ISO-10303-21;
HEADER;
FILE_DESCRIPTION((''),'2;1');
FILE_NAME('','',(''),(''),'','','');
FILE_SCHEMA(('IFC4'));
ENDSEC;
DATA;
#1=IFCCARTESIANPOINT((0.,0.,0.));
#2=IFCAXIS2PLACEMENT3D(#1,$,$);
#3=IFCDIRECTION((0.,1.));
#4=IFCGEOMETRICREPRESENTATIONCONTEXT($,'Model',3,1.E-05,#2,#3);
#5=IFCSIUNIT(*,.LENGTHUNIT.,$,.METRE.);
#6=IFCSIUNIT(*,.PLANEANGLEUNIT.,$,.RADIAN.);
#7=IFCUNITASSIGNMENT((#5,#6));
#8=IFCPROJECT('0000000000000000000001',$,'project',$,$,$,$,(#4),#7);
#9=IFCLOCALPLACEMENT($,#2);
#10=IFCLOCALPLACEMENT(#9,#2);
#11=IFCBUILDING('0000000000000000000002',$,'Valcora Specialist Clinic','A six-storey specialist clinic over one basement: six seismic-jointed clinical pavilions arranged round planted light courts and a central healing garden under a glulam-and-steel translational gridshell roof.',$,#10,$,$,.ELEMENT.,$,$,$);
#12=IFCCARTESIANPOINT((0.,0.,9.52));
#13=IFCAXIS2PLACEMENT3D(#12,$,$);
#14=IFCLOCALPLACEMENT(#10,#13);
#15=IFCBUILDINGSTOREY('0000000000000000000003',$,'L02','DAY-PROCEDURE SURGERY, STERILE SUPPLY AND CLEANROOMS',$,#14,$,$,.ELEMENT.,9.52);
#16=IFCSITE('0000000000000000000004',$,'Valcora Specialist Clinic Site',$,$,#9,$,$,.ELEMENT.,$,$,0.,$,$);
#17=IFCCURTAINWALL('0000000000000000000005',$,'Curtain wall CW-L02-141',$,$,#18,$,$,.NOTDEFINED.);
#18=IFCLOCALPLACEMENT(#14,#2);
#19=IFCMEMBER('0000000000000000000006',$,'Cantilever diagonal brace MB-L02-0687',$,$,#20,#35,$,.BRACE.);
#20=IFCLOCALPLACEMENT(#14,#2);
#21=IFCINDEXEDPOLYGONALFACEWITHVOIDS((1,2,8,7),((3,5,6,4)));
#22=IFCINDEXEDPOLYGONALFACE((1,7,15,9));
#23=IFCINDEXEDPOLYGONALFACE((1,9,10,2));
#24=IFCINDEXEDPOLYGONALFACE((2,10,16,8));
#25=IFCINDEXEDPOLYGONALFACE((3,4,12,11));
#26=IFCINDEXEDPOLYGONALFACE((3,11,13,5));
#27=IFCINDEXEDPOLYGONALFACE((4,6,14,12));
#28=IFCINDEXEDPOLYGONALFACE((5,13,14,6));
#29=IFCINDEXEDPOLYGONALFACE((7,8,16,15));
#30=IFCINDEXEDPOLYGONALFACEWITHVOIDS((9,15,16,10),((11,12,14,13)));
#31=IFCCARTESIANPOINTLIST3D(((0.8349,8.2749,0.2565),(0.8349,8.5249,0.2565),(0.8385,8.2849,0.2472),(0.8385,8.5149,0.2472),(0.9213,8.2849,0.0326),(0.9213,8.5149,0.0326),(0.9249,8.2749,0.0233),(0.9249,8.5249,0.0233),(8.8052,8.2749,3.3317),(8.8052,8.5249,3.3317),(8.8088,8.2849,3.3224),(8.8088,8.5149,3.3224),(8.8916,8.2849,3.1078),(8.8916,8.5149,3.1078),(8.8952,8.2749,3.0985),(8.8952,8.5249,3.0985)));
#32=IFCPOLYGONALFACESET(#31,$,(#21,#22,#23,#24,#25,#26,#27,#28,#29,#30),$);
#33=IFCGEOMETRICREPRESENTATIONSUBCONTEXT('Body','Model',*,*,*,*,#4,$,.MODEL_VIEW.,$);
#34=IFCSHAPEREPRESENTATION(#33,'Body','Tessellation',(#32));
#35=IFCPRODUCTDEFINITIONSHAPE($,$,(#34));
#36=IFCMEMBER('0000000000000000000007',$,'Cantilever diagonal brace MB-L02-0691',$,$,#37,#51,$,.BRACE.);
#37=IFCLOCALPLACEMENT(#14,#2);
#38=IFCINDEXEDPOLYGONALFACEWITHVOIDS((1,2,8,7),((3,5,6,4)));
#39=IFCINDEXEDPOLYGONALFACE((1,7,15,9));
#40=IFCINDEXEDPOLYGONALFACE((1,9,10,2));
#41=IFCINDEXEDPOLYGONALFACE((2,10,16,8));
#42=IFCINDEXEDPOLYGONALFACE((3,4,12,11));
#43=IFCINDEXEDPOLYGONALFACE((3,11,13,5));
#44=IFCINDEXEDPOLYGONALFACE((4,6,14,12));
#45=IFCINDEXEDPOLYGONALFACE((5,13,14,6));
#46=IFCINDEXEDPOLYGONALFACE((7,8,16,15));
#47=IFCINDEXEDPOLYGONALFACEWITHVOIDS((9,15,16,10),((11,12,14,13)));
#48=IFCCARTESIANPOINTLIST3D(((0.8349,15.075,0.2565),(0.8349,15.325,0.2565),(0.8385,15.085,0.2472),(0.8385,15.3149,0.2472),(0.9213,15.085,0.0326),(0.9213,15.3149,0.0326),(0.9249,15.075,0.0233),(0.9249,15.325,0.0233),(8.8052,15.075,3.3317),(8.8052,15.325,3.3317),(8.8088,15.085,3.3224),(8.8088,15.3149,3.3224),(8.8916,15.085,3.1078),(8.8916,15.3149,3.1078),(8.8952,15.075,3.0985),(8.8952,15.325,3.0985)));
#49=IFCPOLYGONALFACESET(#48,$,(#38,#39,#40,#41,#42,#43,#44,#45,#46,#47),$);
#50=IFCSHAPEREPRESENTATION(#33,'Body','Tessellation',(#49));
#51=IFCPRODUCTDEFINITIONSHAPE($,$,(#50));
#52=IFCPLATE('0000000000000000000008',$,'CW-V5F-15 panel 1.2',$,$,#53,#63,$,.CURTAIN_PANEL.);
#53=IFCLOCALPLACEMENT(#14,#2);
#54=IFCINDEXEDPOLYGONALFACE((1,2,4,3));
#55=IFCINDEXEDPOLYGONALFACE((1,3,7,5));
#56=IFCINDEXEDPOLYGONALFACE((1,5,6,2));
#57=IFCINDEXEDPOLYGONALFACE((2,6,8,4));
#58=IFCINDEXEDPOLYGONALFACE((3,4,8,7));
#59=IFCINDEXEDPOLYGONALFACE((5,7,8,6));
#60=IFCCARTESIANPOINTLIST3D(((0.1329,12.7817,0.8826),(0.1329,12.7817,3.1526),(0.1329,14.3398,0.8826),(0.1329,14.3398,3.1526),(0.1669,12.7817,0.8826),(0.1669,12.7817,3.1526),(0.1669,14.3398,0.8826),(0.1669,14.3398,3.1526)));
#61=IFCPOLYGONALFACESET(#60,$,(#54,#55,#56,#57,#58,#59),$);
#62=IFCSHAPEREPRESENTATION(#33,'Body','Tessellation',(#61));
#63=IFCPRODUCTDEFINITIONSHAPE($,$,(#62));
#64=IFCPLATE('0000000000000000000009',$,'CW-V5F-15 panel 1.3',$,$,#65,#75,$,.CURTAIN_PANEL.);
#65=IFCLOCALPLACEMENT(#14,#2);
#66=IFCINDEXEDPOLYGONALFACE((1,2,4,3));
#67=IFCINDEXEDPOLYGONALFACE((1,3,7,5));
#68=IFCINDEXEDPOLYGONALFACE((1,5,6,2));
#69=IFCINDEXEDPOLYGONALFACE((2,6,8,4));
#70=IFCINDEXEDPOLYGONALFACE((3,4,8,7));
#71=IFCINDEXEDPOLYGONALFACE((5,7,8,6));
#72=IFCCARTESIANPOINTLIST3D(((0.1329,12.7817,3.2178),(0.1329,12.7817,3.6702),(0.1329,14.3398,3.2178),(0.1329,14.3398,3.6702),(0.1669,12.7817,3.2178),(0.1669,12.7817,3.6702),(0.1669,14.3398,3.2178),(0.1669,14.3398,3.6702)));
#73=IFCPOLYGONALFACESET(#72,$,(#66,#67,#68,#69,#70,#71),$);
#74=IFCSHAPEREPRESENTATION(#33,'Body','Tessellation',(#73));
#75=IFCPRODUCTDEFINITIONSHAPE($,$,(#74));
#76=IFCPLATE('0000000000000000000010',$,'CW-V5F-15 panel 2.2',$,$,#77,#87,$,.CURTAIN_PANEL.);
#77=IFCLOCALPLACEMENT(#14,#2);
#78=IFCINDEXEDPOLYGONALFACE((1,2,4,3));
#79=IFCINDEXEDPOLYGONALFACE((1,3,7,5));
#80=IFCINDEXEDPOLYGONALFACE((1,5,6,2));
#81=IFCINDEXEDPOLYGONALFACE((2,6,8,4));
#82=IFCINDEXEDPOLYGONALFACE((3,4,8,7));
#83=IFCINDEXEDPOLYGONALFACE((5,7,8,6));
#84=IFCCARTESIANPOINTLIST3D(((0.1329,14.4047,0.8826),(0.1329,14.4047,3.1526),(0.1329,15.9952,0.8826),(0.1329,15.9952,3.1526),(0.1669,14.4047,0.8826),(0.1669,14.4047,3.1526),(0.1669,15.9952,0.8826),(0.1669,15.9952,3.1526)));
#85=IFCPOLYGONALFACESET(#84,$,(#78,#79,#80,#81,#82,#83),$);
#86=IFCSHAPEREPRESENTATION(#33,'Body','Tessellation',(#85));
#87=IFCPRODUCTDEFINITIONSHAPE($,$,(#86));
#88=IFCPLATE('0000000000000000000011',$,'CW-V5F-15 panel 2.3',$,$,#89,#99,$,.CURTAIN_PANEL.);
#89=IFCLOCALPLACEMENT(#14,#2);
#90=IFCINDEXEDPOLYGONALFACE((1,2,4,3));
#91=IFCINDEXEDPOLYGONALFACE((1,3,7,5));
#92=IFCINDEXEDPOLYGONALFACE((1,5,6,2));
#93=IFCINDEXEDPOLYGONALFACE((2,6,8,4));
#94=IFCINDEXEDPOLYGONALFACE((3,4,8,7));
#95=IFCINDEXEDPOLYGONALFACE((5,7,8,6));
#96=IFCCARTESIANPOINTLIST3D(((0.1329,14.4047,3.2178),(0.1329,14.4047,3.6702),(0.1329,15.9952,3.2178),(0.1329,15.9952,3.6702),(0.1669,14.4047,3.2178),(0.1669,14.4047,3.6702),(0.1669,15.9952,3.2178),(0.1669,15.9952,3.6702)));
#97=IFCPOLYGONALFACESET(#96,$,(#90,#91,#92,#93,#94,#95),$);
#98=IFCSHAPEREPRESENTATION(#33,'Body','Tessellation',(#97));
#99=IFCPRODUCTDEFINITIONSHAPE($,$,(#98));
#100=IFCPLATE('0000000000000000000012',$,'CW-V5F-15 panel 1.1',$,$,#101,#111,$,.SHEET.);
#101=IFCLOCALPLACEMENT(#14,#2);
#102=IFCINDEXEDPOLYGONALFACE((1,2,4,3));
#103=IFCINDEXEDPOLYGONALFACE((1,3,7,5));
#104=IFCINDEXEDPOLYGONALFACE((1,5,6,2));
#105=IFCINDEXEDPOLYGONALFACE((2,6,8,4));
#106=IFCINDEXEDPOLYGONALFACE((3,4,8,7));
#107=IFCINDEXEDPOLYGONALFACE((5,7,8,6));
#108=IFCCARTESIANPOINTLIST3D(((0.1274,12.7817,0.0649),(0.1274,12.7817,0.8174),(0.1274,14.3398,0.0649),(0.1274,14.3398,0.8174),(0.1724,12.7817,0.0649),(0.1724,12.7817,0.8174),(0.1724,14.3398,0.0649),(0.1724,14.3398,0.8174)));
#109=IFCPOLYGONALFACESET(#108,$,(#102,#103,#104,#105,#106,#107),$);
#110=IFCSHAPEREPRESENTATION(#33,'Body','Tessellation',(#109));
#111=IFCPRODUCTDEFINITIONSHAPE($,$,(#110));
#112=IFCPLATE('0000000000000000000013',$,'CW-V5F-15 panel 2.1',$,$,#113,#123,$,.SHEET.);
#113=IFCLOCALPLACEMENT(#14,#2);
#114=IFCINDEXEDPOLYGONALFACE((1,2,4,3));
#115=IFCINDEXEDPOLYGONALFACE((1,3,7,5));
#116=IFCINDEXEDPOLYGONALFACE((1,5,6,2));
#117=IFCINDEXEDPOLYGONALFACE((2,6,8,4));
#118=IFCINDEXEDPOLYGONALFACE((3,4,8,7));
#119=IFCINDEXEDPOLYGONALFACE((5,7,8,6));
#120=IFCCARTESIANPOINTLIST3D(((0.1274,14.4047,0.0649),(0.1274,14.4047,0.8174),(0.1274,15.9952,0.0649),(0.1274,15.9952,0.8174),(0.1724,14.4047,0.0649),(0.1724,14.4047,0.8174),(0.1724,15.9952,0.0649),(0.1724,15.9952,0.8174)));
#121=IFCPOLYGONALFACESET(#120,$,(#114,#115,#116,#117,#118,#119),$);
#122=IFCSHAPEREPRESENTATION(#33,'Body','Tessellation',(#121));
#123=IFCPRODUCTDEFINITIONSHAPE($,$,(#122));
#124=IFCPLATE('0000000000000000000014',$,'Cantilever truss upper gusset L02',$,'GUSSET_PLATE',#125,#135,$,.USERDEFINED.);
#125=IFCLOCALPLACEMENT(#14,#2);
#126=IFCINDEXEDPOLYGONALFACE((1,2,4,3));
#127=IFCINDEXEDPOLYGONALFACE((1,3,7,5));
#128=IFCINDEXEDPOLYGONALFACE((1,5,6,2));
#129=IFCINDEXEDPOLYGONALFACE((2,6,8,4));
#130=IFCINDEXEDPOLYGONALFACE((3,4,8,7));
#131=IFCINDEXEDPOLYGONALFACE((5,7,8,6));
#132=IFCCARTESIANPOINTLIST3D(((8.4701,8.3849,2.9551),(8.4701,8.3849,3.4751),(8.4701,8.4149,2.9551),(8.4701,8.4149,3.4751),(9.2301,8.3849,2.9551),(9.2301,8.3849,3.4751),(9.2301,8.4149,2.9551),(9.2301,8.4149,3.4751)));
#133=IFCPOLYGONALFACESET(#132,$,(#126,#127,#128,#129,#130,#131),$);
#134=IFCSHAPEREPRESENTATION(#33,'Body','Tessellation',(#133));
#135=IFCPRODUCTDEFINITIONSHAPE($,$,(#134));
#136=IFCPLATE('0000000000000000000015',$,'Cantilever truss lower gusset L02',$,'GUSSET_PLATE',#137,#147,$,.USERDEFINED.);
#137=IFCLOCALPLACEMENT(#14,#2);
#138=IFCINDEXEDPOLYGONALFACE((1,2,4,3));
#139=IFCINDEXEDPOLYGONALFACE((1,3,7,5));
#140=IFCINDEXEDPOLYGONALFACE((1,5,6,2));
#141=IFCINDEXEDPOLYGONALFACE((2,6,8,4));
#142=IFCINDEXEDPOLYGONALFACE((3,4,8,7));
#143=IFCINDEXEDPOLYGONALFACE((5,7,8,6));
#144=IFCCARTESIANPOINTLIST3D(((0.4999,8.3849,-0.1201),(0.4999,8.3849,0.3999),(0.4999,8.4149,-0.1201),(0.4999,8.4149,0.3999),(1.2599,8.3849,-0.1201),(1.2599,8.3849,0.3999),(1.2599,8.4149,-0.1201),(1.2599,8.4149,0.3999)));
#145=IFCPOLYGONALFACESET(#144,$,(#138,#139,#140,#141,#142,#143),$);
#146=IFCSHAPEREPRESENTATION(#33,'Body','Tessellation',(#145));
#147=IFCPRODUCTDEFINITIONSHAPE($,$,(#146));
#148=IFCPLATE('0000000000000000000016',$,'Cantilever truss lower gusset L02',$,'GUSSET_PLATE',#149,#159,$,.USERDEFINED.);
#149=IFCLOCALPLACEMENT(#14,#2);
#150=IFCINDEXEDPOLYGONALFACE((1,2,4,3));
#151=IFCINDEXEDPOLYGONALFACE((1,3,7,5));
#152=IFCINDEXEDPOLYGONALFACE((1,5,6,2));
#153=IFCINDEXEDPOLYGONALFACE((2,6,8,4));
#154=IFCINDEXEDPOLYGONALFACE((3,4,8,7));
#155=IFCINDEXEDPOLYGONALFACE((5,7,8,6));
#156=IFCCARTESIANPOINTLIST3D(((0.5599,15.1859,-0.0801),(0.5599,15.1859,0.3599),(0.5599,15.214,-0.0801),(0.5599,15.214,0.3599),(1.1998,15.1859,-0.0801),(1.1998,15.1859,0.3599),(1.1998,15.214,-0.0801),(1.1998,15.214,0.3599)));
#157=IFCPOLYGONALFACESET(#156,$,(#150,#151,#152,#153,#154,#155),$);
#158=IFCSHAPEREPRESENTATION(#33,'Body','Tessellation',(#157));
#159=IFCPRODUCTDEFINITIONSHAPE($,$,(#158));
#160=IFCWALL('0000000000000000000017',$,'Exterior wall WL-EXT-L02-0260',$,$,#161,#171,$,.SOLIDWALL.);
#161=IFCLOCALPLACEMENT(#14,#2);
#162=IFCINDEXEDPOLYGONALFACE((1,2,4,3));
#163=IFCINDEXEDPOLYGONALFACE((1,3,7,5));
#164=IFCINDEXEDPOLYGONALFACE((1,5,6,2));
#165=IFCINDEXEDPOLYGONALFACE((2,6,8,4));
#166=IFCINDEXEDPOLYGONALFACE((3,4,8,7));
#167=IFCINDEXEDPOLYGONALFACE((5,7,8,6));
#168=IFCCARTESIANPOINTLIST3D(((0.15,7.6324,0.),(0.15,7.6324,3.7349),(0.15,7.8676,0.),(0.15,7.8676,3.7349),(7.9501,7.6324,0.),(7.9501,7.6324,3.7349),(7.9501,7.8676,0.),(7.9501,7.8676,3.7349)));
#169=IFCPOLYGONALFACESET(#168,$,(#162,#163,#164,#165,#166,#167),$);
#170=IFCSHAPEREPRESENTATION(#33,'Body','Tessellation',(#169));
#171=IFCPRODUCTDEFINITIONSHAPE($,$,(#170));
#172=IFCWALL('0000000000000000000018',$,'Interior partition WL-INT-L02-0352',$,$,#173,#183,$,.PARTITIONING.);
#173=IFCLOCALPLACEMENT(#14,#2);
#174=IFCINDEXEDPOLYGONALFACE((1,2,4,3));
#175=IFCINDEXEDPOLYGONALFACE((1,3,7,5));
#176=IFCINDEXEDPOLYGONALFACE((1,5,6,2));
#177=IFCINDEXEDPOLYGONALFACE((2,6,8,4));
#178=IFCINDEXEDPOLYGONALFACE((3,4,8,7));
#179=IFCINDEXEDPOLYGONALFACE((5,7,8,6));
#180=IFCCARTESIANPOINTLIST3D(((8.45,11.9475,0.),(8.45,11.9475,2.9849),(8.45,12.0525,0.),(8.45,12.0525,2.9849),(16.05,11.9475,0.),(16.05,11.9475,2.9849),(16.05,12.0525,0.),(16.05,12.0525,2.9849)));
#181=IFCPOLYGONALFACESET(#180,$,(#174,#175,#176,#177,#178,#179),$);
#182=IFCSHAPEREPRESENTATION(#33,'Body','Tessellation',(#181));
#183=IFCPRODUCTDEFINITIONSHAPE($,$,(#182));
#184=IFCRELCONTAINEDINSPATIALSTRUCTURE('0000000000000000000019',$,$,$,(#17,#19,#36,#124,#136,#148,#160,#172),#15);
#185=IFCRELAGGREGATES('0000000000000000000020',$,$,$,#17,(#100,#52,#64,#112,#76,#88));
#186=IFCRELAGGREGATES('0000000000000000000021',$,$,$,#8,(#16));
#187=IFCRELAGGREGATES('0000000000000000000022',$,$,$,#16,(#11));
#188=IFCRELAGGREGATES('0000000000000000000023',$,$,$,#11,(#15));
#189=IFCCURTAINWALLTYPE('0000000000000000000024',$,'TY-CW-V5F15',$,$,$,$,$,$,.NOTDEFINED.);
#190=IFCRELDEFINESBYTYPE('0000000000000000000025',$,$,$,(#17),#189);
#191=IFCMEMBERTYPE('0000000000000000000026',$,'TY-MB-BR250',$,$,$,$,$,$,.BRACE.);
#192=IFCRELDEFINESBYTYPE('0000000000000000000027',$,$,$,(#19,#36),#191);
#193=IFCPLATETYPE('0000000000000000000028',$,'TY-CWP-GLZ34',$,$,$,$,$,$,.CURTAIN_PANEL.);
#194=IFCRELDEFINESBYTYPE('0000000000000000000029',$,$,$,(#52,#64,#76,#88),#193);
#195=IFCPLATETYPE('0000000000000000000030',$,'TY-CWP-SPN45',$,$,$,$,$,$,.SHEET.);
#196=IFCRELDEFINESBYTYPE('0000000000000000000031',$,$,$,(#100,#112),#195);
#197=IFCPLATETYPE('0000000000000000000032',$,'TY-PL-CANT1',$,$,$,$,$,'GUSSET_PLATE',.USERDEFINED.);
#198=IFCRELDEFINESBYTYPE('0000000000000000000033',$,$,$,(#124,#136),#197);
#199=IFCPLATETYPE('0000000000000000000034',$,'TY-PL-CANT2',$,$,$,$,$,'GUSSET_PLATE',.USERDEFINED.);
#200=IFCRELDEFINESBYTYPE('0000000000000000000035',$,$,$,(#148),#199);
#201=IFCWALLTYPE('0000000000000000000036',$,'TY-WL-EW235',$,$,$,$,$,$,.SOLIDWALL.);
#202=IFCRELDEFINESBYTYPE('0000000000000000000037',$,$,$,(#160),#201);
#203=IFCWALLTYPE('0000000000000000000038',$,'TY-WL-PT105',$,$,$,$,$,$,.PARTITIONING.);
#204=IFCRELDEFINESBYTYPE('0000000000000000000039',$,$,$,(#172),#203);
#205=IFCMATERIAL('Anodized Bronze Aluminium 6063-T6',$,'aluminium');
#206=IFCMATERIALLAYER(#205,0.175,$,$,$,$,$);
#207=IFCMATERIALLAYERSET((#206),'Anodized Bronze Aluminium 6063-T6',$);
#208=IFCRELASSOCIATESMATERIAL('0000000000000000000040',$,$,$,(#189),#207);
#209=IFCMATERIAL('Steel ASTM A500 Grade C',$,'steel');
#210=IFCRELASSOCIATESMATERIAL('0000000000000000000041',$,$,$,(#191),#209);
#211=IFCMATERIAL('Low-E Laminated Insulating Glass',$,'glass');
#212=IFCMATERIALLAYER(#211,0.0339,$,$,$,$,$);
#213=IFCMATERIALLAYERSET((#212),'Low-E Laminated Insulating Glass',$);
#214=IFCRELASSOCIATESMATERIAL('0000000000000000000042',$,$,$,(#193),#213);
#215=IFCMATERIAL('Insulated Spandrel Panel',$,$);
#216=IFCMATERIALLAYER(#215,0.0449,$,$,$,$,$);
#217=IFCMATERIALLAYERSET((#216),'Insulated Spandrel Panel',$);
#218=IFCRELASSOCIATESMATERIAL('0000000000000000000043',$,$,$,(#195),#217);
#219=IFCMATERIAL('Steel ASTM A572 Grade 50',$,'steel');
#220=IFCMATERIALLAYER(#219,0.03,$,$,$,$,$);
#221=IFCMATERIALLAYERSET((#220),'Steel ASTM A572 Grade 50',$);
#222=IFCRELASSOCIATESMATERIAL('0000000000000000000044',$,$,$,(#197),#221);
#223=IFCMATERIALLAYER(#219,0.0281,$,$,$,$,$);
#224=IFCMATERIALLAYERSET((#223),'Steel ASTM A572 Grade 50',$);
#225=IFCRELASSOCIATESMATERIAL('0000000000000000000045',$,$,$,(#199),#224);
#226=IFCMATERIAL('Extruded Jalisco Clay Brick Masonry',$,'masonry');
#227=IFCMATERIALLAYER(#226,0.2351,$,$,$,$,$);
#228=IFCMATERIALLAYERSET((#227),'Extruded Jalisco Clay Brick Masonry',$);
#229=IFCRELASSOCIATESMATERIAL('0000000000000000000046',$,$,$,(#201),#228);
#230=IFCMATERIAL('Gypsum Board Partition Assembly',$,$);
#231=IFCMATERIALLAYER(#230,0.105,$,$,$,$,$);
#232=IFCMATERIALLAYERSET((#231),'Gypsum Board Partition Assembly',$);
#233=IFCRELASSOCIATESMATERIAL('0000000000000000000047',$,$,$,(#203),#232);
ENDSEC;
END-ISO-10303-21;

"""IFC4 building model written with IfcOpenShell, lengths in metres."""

from ifc_helpers import new_model, si_unit, direction, frame, frame_2d, origin, origin_2d, place, context, subcontext, project, spatial, rectangle, hollow_rectangle, extrude, material, layer, layer_set, material_profile, profile_set, type_object, element, aggregate, save


model = new_model("IFC4")

# Units and contexts
model_context = context("Model", 3, precision=1e-05, world=origin(), true_north=direction((0.0, 1.0)))
body_context = subcontext(model_context, "Body", "Model", "MODEL_VIEW")
ifc_project = project(units=[si_unit("LENGTHUNIT", "METRE"), si_unit("PLANEANGLEUNIT", "RADIAN")], contexts=[model_context])

# Site, building, storey
site_placement = place(None, origin())
site = spatial("IfcSite", under=ifc_project, at=site_placement, Name="Valcora Specialist Clinic Site", CompositionType="ELEMENT", RefElevation=0.0)
building_placement = place(site_placement, origin())
building = spatial("IfcBuilding", under=site, at=building_placement, Name="Valcora Specialist Clinic", Description="A six-storey specialist clinic over one basement: six seismic-jointed clinical pavilions arranged round planted light courts and a central healing garden under a glulam-and-steel translational gridshell roof.", CompositionType="ELEMENT")
storey_placement = place(building_placement, frame((0.0, 0.0, 9.52)))
storey = spatial("IfcBuildingStorey", under=building, at=storey_placement, Name="L02", Description="DAY-PROCEDURE SURGERY, STERILE SUPPLY AND CLEANROOMS", CompositionType="ELEMENT", Elevation=9.52)

# Shared definitions
ifc_material_1 = material(Name="Steel ASTM A500 Grade C", Category="steel")

# Shared definitions
ifc_material_2 = material(Name="Anodized Bronze Aluminium 6063-T6", Category="aluminium")
ifc_layer_1 = layer(ifc_material_2, 0.175)
ifc_layer_set_1 = layer_set([ifc_layer_1], Name="Anodized Bronze Aluminium 6063-T6")
curtain_wall_type = type_object("IfcCurtainWallType", Name="TY-CW-V5F15", PredefinedType="NOTDEFINED", material=ifc_layer_set_1)

# Curtain wall
curtain_wall_1_placement = place(storey_placement, origin())
curtain_wall_1 = element("IfcCurtainWall", 1, at=curtain_wall_1_placement, inside=storey, type_object=curtain_wall_type, Name="Curtain wall CW-L02-141", PredefinedType="NOTDEFINED")

# Members
ifc_material_profile_1 = material_profile(ifc_material_1, hollow_rectangle(XDim=0.25, YDim=0.25, WallThickness=0.01, at=origin_2d()), Name="ST-RHS-250X250X10")
ifc_profile_set_1 = profile_set([ifc_material_profile_1], Name="Steel ASTM A500 Grade C")
member_type_1 = type_object("IfcMemberType", Name="TY-MB-BR250", PredefinedType="BRACE", material=ifc_profile_set_1)
for number, where, z_axis, x_axis, name in (
    (2, (0.8799, 8.3999, 0.1399), (0.932964, 0.0, 0.359971), (0.0, 1.0, 0.0), "Cantilever diagonal brace MB-L02-0687"),
    (3, (0.8799, 15.2, 0.1399), (0.932964, 0.0, 0.359971), (0.0, 1.0, 0.0), "Cantilever diagonal brace MB-L02-0691"),
):
    element("IfcMember", number, at=place(storey_placement, frame(where, z_axis=z_axis, x_axis=x_axis)), inside=storey, type_object=member_type_1, Name=name, PredefinedType="BRACE", context=body_context, shape_type="SweptSolid", body=[
        extrude(hollow_rectangle(XDim=0.25, YDim=0.25, WallThickness=0.01, at=origin_2d()), origin(), (0.0, 0.0, 1.0), 8.543),
    ])

# Plates
ifc_material_3 = material(Name="Low-E Laminated Insulating Glass", Category="glass")
ifc_layer_2 = layer(ifc_material_3, 0.0339)
ifc_layer_set_2 = layer_set([ifc_layer_2], Name="Low-E Laminated Insulating Glass")
plate_type_1 = type_object("IfcPlateType", Name="TY-CWP-GLZ34", PredefinedType="CURTAIN_PANEL", material=ifc_layer_set_2)
plate_1_placement = place(storey_placement, frame((0.1499, 13.5608, 0.8826), z_axis=(0.0, 0.0, 1.0), x_axis=(0.0, 1.0, 0.0)))
plate_1 = element("IfcPlate", 4, at=plate_1_placement, type_object=plate_type_1, Name="CW-V5F-15 panel 1.2", PredefinedType="CURTAIN_PANEL", context=body_context, shape_type="SweptSolid", body=[
    extrude(rectangle(XDim=1.5581, YDim=0.0339, at=origin_2d()), origin(), (0.0, 0.0, 1.0), 2.27),
])
plate_2_placement = place(storey_placement, frame((0.1499, 13.5608, 3.2178), z_axis=(0.0, 0.0, 1.0), x_axis=(0.0, 1.0, 0.0)))
plate_2 = element("IfcPlate", 5, at=plate_2_placement, type_object=plate_type_1, Name="CW-V5F-15 panel 1.3", PredefinedType="CURTAIN_PANEL", context=body_context, shape_type="SweptSolid", body=[
    extrude(rectangle(XDim=1.5581, YDim=0.0339, at=origin_2d()), origin(), (0.0, 0.0, 1.0), 0.4524),
])
plate_3_placement = place(storey_placement, frame((0.1499, 15.2, 0.8826), z_axis=(0.0, 0.0, 1.0), x_axis=(0.0, 1.0, 0.0)))
plate_3 = element("IfcPlate", 6, at=plate_3_placement, type_object=plate_type_1, Name="CW-V5F-15 panel 2.2", PredefinedType="CURTAIN_PANEL", context=body_context, shape_type="SweptSolid", body=[
    extrude(rectangle(XDim=1.5906, YDim=0.0339, at=origin_2d()), origin(), (0.0, 0.0, 1.0), 2.27),
])
plate_4_placement = place(storey_placement, frame((0.1499, 15.2, 3.2178), z_axis=(0.0, 0.0, 1.0), x_axis=(0.0, 1.0, 0.0)))
plate_4 = element("IfcPlate", 7, at=plate_4_placement, type_object=plate_type_1, Name="CW-V5F-15 panel 2.3", PredefinedType="CURTAIN_PANEL", context=body_context, shape_type="SweptSolid", body=[
    extrude(rectangle(XDim=1.5906, YDim=0.0339, at=origin_2d()), origin(), (0.0, 0.0, 1.0), 0.4524),
])
ifc_material_4 = material(Name="Insulated Spandrel Panel")
ifc_layer_3 = layer(ifc_material_4, 0.0449)
ifc_layer_set_3 = layer_set([ifc_layer_3], Name="Insulated Spandrel Panel")
plate_type_2 = type_object("IfcPlateType", Name="TY-CWP-SPN45", PredefinedType="SHEET", material=ifc_layer_set_3)
plate_5_placement = place(storey_placement, frame((0.1499, 13.5608, 0.0649), z_axis=(0.0, 0.0, 1.0), x_axis=(0.0, 1.0, 0.0)))
plate_5 = element("IfcPlate", 8, at=plate_5_placement, type_object=plate_type_2, Name="CW-V5F-15 panel 1.1", PredefinedType="SHEET", context=body_context, shape_type="SweptSolid", body=[
    extrude(rectangle(XDim=1.5581, YDim=0.0449, at=origin_2d()), origin(), (0.0, 0.0, 1.0), 0.7524),
])
plate_6_placement = place(storey_placement, frame((0.1499, 15.2, 0.0649), z_axis=(0.0, 0.0, 1.0), x_axis=(0.0, 1.0, 0.0)))
plate_6 = element("IfcPlate", 9, at=plate_6_placement, type_object=plate_type_2, Name="CW-V5F-15 panel 2.1", PredefinedType="SHEET", context=body_context, shape_type="SweptSolid", body=[
    extrude(rectangle(XDim=1.5906, YDim=0.0449, at=origin_2d()), origin(), (0.0, 0.0, 1.0), 0.7524),
])
aggregate(curtain_wall_1, [plate_5, plate_1, plate_2, plate_6, plate_3, plate_4])

# Plates
ifc_material_5 = material(Name="Steel ASTM A572 Grade 50", Category="steel")
ifc_layer_4 = layer(ifc_material_5, 0.03)
ifc_layer_set_4 = layer_set([ifc_layer_4], Name="Steel ASTM A572 Grade 50")
plate_type_3 = type_object("IfcPlateType", Name="TY-PL-CANT1", ElementType="GUSSET_PLATE", PredefinedType="USERDEFINED", material=ifc_layer_set_4)
for number, where, z_axis, x_axis, name in (
    (10, (8.8501, 8.3999, 2.9551), (0.0, 0.0, 1.0), (1.0, 0.0, 0.0), "Cantilever truss upper gusset L02"),
    (11, (0.8799, 8.3999, -0.1201), (0.0, 0.0, 1.0), (1.0, 0.0, 0.0), "Cantilever truss lower gusset L02"),
):
    element("IfcPlate", number, at=place(storey_placement, frame(where, z_axis=z_axis, x_axis=x_axis)), inside=storey, type_object=plate_type_3, Name=name, ObjectType="GUSSET_PLATE", PredefinedType="USERDEFINED", context=body_context, shape_type="SweptSolid", body=[
        extrude(rectangle(XDim=0.76, YDim=0.03, at=origin_2d()), origin(), (0.0, 0.0, 1.0), 0.52),
    ])
ifc_layer_5 = layer(ifc_material_5, 0.0281)
ifc_layer_set_5 = layer_set([ifc_layer_5], Name="Steel ASTM A572 Grade 50")
plate_type_4 = type_object("IfcPlateType", Name="TY-PL-CANT2", ElementType="GUSSET_PLATE", PredefinedType="USERDEFINED", material=ifc_layer_set_5)
plate_7_placement = place(storey_placement, frame((0.8799, 15.2, -0.0801), z_axis=(0.0, 0.0, 1.0), x_axis=(1.0, 0.0, 0.0)))
element("IfcPlate", 12, at=plate_7_placement, inside=storey, type_object=plate_type_4, Name="Cantilever truss lower gusset L02", ObjectType="GUSSET_PLATE", PredefinedType="USERDEFINED", context=body_context, shape_type="SweptSolid", body=[
    extrude(rectangle(XDim=0.6399, YDim=0.0281, at=origin_2d()), origin(), (0.0, 0.0, 1.0), 0.4399),
])

# Walls
ifc_material_6 = material(Name="Extruded Jalisco Clay Brick Masonry", Category="masonry")
ifc_layer_6 = layer(ifc_material_6, 0.2351)
ifc_layer_set_6 = layer_set([ifc_layer_6], Name="Extruded Jalisco Clay Brick Masonry")
wall_type_1 = type_object("IfcWallType", Name="TY-WL-EW235", PredefinedType="SOLIDWALL", material=ifc_layer_set_6)
wall_1_placement = place(storey_placement, frame((7.95, 7.75, 0.0), z_axis=(0.0, 0.0, 1.0), x_axis=(-1.0, 0.0, 0.0)))
element("IfcWall", 13, at=wall_1_placement, inside=storey, type_object=wall_type_1, Name="Exterior wall WL-EXT-L02-0260", PredefinedType="SOLIDWALL", context=body_context, shape_type="SweptSolid", body=[
    extrude(rectangle(XDim=7.8, YDim=0.2351, at=frame_2d((3.8999, 0.0))), origin(), (0.0, 0.0, 1.0), 3.7349),
])
ifc_material_7 = material(Name="Gypsum Board Partition Assembly")
ifc_layer_7 = layer(ifc_material_7, 0.105)
ifc_layer_set_7 = layer_set([ifc_layer_7], Name="Gypsum Board Partition Assembly")
wall_type_2 = type_object("IfcWallType", Name="TY-WL-PT105", PredefinedType="PARTITIONING", material=ifc_layer_set_7)
wall_2_placement = place(storey_placement, frame((8.45, 12.0, 0.0), z_axis=(0.0, 0.0, 1.0), x_axis=(1.0, 0.0, 0.0)))
element("IfcWall", 14, at=wall_2_placement, inside=storey, type_object=wall_type_2, Name="Interior partition WL-INT-L02-0352", PredefinedType="PARTITIONING", context=body_context, shape_type="SweptSolid", body=[
    extrude(rectangle(XDim=7.6001, YDim=0.105, at=frame_2d((3.8, 0.0))), origin(), (0.0, 0.0, 1.0), 2.9849),
])

save(model, "model.ifc")
